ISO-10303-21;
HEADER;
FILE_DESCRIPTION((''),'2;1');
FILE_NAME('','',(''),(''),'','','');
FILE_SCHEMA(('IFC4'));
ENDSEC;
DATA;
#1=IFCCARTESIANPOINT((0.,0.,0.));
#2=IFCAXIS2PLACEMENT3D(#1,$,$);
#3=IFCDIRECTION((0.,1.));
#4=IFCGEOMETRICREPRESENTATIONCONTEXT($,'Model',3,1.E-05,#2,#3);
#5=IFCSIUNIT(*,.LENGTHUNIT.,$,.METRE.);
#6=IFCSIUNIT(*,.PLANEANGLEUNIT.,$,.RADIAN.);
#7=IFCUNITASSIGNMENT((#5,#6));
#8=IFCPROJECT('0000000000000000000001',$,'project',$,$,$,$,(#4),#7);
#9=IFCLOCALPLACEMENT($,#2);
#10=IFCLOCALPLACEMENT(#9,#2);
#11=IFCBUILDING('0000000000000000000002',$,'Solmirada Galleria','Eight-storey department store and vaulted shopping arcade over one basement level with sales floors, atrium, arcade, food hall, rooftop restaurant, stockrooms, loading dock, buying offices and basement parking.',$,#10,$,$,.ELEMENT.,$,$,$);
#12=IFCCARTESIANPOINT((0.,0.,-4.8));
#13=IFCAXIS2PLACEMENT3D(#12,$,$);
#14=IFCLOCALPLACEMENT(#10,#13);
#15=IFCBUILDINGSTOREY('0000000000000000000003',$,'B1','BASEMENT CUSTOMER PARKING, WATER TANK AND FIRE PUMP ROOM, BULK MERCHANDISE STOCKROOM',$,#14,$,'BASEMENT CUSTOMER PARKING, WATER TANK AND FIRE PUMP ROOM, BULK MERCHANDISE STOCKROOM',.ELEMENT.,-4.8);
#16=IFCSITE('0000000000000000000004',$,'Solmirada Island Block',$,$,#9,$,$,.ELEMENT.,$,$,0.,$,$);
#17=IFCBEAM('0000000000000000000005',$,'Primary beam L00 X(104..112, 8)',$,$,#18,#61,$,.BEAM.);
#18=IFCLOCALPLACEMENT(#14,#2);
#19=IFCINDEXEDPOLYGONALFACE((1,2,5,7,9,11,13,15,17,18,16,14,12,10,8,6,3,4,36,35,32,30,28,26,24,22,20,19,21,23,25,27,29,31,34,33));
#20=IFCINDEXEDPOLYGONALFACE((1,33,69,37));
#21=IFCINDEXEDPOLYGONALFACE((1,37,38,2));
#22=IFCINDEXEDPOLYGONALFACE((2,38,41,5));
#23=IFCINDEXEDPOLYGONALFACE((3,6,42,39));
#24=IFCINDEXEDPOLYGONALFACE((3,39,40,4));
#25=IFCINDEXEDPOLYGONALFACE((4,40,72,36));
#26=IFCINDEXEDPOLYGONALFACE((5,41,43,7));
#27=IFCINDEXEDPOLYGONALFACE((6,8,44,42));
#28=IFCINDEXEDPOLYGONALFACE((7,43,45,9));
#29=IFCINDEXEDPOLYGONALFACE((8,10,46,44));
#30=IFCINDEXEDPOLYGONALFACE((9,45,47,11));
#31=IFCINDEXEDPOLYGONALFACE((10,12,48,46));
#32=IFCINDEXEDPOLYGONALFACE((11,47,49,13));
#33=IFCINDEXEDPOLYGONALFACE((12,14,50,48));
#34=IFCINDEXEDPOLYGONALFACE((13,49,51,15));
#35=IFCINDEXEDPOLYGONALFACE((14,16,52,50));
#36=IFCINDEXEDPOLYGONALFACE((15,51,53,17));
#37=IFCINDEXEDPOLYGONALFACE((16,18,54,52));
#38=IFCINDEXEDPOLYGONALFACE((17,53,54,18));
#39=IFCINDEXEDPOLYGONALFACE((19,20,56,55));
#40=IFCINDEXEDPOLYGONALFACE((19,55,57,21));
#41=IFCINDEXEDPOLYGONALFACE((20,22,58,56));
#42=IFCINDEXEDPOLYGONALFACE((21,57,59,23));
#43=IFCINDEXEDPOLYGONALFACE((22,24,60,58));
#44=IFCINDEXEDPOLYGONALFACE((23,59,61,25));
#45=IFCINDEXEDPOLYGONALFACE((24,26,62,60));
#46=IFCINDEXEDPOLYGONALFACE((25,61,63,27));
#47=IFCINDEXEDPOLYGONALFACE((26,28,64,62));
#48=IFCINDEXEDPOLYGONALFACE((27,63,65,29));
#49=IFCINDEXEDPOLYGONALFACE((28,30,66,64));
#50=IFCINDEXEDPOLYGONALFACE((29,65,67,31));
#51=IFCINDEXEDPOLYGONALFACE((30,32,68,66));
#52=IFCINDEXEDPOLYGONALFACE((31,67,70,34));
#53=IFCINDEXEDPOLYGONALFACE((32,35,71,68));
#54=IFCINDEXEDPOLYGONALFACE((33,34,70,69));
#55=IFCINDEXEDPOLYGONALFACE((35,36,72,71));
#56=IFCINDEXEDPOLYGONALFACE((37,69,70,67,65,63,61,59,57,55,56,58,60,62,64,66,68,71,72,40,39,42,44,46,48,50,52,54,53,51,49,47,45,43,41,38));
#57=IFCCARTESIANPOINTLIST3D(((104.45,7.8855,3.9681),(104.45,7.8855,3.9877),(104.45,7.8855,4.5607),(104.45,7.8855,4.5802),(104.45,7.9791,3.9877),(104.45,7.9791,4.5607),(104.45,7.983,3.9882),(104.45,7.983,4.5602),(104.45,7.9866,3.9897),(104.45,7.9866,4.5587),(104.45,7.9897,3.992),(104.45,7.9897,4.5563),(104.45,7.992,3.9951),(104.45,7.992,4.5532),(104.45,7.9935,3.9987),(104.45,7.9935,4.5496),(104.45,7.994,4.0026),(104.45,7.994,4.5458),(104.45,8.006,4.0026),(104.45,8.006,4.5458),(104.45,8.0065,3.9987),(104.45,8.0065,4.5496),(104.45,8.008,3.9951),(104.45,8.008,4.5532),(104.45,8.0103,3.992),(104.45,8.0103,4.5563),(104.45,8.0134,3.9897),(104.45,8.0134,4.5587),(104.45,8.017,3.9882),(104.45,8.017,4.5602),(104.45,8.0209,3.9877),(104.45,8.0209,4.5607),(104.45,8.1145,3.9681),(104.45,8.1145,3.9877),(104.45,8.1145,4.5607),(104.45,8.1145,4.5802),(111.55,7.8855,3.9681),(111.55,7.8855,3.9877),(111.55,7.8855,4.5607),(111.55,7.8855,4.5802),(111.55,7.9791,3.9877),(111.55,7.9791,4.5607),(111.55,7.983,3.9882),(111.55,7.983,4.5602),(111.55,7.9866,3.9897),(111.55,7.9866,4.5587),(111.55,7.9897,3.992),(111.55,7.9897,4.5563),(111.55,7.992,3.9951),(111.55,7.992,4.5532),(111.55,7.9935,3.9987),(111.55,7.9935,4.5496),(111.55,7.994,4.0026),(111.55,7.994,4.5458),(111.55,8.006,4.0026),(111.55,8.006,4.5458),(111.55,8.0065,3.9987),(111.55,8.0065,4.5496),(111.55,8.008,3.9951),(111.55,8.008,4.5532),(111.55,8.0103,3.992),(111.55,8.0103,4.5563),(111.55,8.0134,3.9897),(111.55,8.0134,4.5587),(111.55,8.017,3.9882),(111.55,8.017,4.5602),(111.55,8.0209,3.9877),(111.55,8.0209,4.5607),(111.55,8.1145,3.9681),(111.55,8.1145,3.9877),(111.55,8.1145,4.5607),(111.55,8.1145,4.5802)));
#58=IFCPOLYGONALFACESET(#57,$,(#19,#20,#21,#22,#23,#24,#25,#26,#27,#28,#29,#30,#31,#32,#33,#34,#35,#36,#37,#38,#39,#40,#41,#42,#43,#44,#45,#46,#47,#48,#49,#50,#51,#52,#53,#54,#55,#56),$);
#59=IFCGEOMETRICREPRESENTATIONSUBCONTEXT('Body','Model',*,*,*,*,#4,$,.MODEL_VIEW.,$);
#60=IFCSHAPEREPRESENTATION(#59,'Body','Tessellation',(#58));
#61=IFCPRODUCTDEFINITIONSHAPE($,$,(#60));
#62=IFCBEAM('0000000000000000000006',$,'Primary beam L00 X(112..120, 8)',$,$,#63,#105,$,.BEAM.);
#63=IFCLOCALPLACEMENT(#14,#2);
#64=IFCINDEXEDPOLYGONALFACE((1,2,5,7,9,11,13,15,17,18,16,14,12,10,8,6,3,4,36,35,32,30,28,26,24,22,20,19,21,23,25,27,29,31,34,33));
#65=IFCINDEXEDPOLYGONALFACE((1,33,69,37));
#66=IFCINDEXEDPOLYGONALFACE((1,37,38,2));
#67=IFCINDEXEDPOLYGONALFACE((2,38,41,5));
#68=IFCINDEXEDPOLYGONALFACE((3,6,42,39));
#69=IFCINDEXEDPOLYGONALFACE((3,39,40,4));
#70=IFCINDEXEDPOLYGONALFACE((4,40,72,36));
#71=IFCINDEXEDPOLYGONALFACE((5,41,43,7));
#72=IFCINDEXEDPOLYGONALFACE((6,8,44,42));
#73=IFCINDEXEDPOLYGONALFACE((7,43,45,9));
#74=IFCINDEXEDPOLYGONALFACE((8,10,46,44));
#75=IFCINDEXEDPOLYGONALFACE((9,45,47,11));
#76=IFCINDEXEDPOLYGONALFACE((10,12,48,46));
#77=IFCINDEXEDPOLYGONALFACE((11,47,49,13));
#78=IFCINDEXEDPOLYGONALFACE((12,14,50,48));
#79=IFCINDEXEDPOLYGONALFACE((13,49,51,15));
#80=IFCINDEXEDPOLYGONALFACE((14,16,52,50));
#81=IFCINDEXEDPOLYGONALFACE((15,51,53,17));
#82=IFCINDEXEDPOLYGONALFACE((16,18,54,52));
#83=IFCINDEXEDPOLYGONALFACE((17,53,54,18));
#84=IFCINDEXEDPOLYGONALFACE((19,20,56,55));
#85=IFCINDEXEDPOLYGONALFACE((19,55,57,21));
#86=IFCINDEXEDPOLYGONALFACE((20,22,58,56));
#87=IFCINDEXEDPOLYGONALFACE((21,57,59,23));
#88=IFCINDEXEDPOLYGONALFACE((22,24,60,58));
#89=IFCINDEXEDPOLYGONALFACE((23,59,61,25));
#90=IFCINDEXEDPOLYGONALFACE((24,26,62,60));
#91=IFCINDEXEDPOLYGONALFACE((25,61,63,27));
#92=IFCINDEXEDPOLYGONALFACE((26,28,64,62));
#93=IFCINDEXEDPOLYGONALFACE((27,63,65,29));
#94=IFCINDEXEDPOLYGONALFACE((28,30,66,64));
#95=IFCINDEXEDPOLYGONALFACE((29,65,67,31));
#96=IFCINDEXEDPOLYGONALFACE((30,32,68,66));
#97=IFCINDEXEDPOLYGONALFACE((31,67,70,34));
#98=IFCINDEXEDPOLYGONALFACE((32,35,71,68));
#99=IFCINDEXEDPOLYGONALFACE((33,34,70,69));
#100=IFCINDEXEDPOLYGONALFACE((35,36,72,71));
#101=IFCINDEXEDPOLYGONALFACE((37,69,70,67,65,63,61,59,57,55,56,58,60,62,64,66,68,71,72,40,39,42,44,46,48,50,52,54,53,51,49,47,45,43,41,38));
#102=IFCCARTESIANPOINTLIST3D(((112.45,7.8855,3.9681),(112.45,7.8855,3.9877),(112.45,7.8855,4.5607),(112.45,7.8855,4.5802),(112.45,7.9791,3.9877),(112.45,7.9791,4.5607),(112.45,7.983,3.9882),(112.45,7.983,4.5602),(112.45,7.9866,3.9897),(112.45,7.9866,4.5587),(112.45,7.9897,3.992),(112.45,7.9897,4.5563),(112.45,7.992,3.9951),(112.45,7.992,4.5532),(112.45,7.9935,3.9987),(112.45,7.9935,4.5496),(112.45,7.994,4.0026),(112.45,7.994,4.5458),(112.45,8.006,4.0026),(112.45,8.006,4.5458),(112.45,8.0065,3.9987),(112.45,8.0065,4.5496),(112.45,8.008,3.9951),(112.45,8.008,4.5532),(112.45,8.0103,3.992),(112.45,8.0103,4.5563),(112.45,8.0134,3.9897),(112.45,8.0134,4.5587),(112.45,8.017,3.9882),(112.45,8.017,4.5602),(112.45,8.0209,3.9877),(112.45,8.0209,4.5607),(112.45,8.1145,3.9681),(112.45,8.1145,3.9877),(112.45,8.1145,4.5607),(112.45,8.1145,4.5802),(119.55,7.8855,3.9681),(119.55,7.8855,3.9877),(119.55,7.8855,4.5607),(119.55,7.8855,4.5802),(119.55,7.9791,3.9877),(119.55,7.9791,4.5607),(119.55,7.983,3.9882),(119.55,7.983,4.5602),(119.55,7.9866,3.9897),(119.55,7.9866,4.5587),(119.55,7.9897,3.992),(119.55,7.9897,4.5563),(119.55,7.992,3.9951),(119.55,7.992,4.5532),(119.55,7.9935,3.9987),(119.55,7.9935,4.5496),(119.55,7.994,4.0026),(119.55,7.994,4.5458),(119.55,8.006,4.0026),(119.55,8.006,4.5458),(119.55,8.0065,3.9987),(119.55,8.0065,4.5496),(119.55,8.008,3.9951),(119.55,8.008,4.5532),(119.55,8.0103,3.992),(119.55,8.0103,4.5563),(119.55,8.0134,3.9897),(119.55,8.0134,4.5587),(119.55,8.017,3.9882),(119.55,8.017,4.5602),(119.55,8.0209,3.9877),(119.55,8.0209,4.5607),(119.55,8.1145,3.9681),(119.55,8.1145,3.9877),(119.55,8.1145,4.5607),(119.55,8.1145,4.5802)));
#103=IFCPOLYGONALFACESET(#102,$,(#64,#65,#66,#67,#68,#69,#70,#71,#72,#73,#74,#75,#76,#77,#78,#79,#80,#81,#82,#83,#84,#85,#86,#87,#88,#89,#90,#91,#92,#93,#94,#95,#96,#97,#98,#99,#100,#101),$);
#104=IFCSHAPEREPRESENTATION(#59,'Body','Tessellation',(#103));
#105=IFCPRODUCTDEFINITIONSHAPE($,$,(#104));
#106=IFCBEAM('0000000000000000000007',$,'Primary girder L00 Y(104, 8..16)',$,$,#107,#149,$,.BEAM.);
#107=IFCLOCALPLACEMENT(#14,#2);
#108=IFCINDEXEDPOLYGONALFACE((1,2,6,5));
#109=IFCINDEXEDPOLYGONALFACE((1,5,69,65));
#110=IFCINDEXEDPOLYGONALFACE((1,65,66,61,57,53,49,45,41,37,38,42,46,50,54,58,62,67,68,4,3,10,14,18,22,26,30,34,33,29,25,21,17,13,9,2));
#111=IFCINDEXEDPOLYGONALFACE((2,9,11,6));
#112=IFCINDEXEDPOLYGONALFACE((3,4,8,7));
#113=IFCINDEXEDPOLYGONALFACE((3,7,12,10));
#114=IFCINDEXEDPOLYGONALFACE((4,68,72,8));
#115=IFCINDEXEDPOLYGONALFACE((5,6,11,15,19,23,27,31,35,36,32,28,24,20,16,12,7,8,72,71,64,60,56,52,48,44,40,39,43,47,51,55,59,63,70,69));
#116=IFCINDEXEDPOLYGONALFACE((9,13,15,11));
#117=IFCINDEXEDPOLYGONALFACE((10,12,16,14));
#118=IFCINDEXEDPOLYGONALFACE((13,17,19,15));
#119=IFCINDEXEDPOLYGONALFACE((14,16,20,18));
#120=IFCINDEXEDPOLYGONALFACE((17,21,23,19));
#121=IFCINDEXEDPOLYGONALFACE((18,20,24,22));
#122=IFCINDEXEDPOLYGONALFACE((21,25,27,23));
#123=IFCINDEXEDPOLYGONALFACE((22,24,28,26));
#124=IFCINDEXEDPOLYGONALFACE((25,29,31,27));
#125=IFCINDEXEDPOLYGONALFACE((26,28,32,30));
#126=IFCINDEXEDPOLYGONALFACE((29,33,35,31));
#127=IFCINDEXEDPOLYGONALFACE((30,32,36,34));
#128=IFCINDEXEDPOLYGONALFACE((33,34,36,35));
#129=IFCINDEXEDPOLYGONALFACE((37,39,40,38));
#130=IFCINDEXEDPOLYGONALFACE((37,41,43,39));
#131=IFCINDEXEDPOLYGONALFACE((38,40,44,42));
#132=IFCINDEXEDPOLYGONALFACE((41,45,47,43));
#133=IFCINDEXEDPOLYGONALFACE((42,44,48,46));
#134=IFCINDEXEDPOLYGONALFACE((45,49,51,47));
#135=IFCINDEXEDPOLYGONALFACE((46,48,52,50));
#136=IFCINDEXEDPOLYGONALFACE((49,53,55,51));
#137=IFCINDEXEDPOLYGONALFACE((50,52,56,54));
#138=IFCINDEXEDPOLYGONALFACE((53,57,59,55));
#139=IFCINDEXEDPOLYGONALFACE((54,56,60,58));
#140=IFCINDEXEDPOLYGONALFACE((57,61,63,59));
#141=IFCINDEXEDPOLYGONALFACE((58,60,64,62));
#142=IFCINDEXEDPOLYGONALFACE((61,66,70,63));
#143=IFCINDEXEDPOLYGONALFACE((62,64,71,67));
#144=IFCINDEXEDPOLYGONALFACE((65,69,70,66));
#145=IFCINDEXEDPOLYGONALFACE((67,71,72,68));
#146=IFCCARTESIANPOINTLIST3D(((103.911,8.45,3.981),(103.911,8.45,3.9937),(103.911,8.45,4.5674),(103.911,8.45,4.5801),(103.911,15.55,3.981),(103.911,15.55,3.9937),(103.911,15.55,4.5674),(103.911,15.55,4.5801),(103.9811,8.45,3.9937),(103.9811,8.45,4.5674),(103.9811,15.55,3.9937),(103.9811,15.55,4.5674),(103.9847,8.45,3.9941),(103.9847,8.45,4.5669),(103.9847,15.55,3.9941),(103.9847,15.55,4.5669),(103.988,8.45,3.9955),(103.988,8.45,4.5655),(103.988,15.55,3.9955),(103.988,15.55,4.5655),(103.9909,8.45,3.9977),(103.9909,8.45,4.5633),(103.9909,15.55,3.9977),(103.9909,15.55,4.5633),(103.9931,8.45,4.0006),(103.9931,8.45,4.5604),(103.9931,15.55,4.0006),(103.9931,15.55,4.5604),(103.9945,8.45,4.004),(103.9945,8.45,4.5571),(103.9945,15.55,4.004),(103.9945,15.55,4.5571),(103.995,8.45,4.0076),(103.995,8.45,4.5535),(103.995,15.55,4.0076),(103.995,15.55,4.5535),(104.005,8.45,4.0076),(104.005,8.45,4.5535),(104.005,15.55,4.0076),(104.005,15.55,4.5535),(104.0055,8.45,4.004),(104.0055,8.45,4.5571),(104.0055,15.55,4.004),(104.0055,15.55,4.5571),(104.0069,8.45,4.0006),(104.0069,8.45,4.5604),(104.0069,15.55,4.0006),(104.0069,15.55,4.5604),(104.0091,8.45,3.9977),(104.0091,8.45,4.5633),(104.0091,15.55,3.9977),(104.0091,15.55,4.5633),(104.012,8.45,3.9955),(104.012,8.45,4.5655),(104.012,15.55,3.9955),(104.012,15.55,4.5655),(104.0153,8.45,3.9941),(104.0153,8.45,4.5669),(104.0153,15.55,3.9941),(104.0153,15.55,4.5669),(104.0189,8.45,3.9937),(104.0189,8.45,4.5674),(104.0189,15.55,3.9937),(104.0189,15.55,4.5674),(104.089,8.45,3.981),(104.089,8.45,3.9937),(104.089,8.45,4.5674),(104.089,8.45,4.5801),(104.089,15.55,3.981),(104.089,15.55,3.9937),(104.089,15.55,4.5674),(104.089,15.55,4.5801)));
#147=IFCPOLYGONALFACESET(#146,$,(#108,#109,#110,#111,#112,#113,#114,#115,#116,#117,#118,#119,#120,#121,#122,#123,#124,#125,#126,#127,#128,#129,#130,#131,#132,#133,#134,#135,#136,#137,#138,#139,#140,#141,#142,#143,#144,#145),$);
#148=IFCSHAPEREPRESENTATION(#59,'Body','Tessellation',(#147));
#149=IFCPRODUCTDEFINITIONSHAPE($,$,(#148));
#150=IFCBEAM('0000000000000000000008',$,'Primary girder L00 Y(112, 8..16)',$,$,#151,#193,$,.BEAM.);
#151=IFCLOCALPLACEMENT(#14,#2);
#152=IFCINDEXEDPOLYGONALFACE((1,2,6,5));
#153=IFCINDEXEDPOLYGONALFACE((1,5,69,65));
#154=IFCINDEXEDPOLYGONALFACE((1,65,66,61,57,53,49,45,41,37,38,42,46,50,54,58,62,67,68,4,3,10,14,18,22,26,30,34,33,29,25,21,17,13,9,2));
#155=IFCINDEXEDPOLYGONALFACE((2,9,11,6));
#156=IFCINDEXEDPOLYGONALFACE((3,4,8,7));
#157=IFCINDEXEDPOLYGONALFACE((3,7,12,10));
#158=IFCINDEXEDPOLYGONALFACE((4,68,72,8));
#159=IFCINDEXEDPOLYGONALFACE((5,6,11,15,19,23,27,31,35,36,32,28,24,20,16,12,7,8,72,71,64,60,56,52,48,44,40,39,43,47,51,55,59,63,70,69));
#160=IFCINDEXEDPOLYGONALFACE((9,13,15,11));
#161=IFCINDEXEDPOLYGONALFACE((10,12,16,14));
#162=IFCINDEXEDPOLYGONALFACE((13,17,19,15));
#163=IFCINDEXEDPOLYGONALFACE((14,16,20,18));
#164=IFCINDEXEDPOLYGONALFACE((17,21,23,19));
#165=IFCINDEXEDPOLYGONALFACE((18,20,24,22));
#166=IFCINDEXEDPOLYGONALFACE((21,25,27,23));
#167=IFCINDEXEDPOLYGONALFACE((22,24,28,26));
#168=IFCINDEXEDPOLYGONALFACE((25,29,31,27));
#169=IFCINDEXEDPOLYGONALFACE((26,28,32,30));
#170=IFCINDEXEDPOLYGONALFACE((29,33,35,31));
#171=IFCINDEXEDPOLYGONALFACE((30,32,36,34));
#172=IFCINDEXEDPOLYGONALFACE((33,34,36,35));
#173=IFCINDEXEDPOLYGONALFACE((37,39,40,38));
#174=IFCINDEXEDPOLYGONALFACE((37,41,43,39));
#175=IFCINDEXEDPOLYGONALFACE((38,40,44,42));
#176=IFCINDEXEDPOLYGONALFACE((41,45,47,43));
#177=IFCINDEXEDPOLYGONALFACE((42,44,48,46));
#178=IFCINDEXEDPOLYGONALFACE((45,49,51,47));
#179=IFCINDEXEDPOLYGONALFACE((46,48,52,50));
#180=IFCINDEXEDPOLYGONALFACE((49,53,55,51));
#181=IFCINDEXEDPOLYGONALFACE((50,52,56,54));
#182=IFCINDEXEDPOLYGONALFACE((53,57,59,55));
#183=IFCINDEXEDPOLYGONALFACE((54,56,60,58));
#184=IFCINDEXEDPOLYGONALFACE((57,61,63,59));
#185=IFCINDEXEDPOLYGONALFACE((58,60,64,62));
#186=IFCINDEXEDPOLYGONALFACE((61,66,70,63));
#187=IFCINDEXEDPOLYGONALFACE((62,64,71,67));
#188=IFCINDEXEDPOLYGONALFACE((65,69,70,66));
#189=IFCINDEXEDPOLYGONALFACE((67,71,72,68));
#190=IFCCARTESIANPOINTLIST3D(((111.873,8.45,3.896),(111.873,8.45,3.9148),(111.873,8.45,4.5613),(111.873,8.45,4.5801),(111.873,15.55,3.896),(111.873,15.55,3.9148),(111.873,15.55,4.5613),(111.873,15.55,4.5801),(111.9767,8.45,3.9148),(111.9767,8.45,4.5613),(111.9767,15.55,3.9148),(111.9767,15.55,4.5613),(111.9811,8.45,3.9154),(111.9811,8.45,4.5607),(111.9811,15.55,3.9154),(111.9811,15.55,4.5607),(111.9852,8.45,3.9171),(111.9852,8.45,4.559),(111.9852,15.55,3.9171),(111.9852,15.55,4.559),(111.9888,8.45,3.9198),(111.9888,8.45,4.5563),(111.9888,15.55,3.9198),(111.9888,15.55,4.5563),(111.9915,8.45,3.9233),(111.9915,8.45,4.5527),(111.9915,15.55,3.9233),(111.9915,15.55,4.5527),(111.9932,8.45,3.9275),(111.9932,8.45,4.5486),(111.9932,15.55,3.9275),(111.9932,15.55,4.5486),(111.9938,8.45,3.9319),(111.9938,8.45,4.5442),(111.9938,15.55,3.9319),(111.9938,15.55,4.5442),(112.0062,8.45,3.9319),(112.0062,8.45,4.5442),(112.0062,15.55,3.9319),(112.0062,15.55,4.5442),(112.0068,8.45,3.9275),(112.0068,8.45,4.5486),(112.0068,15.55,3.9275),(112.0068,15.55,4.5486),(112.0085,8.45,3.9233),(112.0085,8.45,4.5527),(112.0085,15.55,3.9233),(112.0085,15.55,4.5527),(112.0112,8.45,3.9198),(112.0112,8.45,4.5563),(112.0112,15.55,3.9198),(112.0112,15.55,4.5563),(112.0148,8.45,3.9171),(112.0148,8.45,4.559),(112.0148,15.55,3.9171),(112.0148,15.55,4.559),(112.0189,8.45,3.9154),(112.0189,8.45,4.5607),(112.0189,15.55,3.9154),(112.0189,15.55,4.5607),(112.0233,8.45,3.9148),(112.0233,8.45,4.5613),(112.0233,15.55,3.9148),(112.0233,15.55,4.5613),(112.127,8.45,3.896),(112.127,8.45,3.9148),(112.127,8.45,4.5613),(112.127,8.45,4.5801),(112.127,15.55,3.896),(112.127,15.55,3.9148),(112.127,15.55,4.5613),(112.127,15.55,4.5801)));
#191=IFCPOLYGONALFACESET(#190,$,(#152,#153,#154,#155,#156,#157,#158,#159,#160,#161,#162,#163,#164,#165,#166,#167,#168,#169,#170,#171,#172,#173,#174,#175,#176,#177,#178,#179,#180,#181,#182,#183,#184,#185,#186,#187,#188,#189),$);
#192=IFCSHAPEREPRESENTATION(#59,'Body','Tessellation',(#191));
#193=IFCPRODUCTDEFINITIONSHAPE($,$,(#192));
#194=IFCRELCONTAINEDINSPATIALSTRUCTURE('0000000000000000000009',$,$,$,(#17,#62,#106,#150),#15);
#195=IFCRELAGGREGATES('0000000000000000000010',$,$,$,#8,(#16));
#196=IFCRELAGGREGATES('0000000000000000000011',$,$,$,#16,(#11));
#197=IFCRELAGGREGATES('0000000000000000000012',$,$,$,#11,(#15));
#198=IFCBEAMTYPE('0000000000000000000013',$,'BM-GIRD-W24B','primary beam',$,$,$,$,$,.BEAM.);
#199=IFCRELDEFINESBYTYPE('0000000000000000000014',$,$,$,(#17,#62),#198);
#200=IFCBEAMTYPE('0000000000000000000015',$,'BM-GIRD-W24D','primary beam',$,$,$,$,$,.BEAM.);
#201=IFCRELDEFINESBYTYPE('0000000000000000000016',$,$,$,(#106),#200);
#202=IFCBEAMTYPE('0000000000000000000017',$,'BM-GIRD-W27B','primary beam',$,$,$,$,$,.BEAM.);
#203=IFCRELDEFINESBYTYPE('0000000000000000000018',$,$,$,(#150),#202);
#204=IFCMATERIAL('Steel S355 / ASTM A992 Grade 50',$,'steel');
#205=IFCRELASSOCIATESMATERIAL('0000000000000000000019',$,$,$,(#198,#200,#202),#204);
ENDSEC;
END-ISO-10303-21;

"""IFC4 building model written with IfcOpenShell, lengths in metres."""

from ifc_helpers import new_model, si_unit, direction, frame, origin, origin_2d, place, context, subcontext, project, spatial, i_section, extrude, material, material_profile, profile_set, type_object, element, save


model = new_model("IFC4")

# Units and contexts
model_context = context("Model", 3, precision=1e-05, world=origin(), true_north=direction((0.0, 1.0)))
body_context = subcontext(model_context, "Body", "Model", "MODEL_VIEW")
ifc_project = project(units=[si_unit("LENGTHUNIT", "METRE"), si_unit("PLANEANGLEUNIT", "RADIAN")], contexts=[model_context])

# Site, building, storey
site_placement = place(None, origin())
site = spatial("IfcSite", under=ifc_project, at=site_placement, Name="Solmirada Island Block", CompositionType="ELEMENT", RefElevation=0.0)
building_placement = place(site_placement, origin())
building = spatial("IfcBuilding", under=site, at=building_placement, Name="Solmirada Galleria", Description="Eight-storey department store and vaulted shopping arcade over one basement level with sales floors, atrium, arcade, food hall, rooftop restaurant, stockrooms, loading dock, buying offices and basement parking.", CompositionType="ELEMENT")
storey_placement = place(building_placement, frame((0.0, 0.0, -4.8)))
storey = spatial("IfcBuildingStorey", under=building, at=storey_placement, Name="B1", Description="BASEMENT CUSTOMER PARKING, WATER TANK AND FIRE PUMP ROOM, BULK MERCHANDISE STOCKROOM", LongName="BASEMENT CUSTOMER PARKING, WATER TANK AND FIRE PUMP ROOM, BULK MERCHANDISE STOCKROOM", CompositionType="ELEMENT", Elevation=-4.8)

# Beams
ifc_material_1 = material(Name="Steel S355 / ASTM A992 Grade 50", Category="steel")
ifc_material_profile_1 = material_profile(ifc_material_1, i_section(OverallWidth=0.229, OverallDepth=0.6121, WebThickness=0.012, FlangeThickness=0.0195, FilletRadius=0.0149, at=origin_2d()), Name="W24X84")
ifc_profile_set_1 = profile_set([ifc_material_profile_1], Name="Steel S355 / ASTM A992 Grade 50")
beam_type_1 = type_object("IfcBeamType", Name="BM-GIRD-W24B", Description="primary beam", PredefinedType="BEAM", material=ifc_profile_set_1)
for number, where, z_axis, x_axis, name in (
    (1, (104.45, 8.0, 4.2742), (1.0, 0.0, 0.0), (0.0, 1.0, 0.0), "Primary beam L00 X(104..112, 8)"),
    (2, (112.45, 8.0, 4.2742), (1.0, 0.0, 0.0), (0.0, 1.0, 0.0), "Primary beam L00 X(112..120, 8)"),
):
    element("IfcBeam", number, at=place(storey_placement, frame(where, z_axis=z_axis, x_axis=x_axis)), inside=storey, type_object=beam_type_1, Name=name, PredefinedType="BEAM", context=body_context, shape_type="SweptSolid", body=[
        extrude(i_section(OverallWidth=0.229, OverallDepth=0.6121, WebThickness=0.012, FlangeThickness=0.0195, FilletRadius=0.0149, at=origin_2d()), origin(), (0.0, 0.0, 1.0), 7.1001),
    ])
ifc_material_profile_2 = material_profile(ifc_material_1, i_section(OverallWidth=0.178, OverallDepth=0.5991, WebThickness=0.01, FlangeThickness=0.0127, FilletRadius=0.0139, at=origin_2d()), Name="W24X55")
ifc_profile_set_2 = profile_set([ifc_material_profile_2], Name="Steel S355 / ASTM A992 Grade 50")
beam_type_2 = type_object("IfcBeamType", Name="BM-GIRD-W24D", Description="primary beam", PredefinedType="BEAM", material=ifc_profile_set_2)
beam_1_placement = place(storey_placement, frame((104.0, 8.45, 4.2805), z_axis=(0.0, 1.0, 0.0), x_axis=(-1.0, 0.0, 0.0)))
element("IfcBeam", 3, at=beam_1_placement, inside=storey, type_object=beam_type_2, Name="Primary girder L00 Y(104, 8..16)", PredefinedType="BEAM", context=body_context, shape_type="SweptSolid", body=[
    extrude(i_section(OverallWidth=0.178, OverallDepth=0.5991, WebThickness=0.01, FlangeThickness=0.0127, FilletRadius=0.0139, at=origin_2d()), origin(), (0.0, 0.0, 1.0), 7.1001),
])
ifc_material_profile_3 = material_profile(ifc_material_1, i_section(OverallWidth=0.2539, OverallDepth=0.6841, WebThickness=0.0125, FlangeThickness=0.0188, FilletRadius=0.0171, at=origin_2d()), Name="W27X94")
ifc_profile_set_3 = profile_set([ifc_material_profile_3], Name="Steel S355 / ASTM A992 Grade 50")
beam_type_3 = type_object("IfcBeamType", Name="BM-GIRD-W27B", Description="primary beam", PredefinedType="BEAM", material=ifc_profile_set_3)
beam_2_placement = place(storey_placement, frame((112.0, 8.45, 4.238), z_axis=(0.0, 1.0, 0.0), x_axis=(-1.0, 0.0, 0.0)))
element("IfcBeam", 4, at=beam_2_placement, inside=storey, type_object=beam_type_3, Name="Primary girder L00 Y(112, 8..16)", PredefinedType="BEAM", context=body_context, shape_type="SweptSolid", body=[
    extrude(i_section(OverallWidth=0.2539, OverallDepth=0.6841, WebThickness=0.0125, FlangeThickness=0.0188, FilletRadius=0.0171, at=origin_2d()), origin(), (0.0, 0.0, 1.0), 7.1001),
])

save(model, "model.ifc")
